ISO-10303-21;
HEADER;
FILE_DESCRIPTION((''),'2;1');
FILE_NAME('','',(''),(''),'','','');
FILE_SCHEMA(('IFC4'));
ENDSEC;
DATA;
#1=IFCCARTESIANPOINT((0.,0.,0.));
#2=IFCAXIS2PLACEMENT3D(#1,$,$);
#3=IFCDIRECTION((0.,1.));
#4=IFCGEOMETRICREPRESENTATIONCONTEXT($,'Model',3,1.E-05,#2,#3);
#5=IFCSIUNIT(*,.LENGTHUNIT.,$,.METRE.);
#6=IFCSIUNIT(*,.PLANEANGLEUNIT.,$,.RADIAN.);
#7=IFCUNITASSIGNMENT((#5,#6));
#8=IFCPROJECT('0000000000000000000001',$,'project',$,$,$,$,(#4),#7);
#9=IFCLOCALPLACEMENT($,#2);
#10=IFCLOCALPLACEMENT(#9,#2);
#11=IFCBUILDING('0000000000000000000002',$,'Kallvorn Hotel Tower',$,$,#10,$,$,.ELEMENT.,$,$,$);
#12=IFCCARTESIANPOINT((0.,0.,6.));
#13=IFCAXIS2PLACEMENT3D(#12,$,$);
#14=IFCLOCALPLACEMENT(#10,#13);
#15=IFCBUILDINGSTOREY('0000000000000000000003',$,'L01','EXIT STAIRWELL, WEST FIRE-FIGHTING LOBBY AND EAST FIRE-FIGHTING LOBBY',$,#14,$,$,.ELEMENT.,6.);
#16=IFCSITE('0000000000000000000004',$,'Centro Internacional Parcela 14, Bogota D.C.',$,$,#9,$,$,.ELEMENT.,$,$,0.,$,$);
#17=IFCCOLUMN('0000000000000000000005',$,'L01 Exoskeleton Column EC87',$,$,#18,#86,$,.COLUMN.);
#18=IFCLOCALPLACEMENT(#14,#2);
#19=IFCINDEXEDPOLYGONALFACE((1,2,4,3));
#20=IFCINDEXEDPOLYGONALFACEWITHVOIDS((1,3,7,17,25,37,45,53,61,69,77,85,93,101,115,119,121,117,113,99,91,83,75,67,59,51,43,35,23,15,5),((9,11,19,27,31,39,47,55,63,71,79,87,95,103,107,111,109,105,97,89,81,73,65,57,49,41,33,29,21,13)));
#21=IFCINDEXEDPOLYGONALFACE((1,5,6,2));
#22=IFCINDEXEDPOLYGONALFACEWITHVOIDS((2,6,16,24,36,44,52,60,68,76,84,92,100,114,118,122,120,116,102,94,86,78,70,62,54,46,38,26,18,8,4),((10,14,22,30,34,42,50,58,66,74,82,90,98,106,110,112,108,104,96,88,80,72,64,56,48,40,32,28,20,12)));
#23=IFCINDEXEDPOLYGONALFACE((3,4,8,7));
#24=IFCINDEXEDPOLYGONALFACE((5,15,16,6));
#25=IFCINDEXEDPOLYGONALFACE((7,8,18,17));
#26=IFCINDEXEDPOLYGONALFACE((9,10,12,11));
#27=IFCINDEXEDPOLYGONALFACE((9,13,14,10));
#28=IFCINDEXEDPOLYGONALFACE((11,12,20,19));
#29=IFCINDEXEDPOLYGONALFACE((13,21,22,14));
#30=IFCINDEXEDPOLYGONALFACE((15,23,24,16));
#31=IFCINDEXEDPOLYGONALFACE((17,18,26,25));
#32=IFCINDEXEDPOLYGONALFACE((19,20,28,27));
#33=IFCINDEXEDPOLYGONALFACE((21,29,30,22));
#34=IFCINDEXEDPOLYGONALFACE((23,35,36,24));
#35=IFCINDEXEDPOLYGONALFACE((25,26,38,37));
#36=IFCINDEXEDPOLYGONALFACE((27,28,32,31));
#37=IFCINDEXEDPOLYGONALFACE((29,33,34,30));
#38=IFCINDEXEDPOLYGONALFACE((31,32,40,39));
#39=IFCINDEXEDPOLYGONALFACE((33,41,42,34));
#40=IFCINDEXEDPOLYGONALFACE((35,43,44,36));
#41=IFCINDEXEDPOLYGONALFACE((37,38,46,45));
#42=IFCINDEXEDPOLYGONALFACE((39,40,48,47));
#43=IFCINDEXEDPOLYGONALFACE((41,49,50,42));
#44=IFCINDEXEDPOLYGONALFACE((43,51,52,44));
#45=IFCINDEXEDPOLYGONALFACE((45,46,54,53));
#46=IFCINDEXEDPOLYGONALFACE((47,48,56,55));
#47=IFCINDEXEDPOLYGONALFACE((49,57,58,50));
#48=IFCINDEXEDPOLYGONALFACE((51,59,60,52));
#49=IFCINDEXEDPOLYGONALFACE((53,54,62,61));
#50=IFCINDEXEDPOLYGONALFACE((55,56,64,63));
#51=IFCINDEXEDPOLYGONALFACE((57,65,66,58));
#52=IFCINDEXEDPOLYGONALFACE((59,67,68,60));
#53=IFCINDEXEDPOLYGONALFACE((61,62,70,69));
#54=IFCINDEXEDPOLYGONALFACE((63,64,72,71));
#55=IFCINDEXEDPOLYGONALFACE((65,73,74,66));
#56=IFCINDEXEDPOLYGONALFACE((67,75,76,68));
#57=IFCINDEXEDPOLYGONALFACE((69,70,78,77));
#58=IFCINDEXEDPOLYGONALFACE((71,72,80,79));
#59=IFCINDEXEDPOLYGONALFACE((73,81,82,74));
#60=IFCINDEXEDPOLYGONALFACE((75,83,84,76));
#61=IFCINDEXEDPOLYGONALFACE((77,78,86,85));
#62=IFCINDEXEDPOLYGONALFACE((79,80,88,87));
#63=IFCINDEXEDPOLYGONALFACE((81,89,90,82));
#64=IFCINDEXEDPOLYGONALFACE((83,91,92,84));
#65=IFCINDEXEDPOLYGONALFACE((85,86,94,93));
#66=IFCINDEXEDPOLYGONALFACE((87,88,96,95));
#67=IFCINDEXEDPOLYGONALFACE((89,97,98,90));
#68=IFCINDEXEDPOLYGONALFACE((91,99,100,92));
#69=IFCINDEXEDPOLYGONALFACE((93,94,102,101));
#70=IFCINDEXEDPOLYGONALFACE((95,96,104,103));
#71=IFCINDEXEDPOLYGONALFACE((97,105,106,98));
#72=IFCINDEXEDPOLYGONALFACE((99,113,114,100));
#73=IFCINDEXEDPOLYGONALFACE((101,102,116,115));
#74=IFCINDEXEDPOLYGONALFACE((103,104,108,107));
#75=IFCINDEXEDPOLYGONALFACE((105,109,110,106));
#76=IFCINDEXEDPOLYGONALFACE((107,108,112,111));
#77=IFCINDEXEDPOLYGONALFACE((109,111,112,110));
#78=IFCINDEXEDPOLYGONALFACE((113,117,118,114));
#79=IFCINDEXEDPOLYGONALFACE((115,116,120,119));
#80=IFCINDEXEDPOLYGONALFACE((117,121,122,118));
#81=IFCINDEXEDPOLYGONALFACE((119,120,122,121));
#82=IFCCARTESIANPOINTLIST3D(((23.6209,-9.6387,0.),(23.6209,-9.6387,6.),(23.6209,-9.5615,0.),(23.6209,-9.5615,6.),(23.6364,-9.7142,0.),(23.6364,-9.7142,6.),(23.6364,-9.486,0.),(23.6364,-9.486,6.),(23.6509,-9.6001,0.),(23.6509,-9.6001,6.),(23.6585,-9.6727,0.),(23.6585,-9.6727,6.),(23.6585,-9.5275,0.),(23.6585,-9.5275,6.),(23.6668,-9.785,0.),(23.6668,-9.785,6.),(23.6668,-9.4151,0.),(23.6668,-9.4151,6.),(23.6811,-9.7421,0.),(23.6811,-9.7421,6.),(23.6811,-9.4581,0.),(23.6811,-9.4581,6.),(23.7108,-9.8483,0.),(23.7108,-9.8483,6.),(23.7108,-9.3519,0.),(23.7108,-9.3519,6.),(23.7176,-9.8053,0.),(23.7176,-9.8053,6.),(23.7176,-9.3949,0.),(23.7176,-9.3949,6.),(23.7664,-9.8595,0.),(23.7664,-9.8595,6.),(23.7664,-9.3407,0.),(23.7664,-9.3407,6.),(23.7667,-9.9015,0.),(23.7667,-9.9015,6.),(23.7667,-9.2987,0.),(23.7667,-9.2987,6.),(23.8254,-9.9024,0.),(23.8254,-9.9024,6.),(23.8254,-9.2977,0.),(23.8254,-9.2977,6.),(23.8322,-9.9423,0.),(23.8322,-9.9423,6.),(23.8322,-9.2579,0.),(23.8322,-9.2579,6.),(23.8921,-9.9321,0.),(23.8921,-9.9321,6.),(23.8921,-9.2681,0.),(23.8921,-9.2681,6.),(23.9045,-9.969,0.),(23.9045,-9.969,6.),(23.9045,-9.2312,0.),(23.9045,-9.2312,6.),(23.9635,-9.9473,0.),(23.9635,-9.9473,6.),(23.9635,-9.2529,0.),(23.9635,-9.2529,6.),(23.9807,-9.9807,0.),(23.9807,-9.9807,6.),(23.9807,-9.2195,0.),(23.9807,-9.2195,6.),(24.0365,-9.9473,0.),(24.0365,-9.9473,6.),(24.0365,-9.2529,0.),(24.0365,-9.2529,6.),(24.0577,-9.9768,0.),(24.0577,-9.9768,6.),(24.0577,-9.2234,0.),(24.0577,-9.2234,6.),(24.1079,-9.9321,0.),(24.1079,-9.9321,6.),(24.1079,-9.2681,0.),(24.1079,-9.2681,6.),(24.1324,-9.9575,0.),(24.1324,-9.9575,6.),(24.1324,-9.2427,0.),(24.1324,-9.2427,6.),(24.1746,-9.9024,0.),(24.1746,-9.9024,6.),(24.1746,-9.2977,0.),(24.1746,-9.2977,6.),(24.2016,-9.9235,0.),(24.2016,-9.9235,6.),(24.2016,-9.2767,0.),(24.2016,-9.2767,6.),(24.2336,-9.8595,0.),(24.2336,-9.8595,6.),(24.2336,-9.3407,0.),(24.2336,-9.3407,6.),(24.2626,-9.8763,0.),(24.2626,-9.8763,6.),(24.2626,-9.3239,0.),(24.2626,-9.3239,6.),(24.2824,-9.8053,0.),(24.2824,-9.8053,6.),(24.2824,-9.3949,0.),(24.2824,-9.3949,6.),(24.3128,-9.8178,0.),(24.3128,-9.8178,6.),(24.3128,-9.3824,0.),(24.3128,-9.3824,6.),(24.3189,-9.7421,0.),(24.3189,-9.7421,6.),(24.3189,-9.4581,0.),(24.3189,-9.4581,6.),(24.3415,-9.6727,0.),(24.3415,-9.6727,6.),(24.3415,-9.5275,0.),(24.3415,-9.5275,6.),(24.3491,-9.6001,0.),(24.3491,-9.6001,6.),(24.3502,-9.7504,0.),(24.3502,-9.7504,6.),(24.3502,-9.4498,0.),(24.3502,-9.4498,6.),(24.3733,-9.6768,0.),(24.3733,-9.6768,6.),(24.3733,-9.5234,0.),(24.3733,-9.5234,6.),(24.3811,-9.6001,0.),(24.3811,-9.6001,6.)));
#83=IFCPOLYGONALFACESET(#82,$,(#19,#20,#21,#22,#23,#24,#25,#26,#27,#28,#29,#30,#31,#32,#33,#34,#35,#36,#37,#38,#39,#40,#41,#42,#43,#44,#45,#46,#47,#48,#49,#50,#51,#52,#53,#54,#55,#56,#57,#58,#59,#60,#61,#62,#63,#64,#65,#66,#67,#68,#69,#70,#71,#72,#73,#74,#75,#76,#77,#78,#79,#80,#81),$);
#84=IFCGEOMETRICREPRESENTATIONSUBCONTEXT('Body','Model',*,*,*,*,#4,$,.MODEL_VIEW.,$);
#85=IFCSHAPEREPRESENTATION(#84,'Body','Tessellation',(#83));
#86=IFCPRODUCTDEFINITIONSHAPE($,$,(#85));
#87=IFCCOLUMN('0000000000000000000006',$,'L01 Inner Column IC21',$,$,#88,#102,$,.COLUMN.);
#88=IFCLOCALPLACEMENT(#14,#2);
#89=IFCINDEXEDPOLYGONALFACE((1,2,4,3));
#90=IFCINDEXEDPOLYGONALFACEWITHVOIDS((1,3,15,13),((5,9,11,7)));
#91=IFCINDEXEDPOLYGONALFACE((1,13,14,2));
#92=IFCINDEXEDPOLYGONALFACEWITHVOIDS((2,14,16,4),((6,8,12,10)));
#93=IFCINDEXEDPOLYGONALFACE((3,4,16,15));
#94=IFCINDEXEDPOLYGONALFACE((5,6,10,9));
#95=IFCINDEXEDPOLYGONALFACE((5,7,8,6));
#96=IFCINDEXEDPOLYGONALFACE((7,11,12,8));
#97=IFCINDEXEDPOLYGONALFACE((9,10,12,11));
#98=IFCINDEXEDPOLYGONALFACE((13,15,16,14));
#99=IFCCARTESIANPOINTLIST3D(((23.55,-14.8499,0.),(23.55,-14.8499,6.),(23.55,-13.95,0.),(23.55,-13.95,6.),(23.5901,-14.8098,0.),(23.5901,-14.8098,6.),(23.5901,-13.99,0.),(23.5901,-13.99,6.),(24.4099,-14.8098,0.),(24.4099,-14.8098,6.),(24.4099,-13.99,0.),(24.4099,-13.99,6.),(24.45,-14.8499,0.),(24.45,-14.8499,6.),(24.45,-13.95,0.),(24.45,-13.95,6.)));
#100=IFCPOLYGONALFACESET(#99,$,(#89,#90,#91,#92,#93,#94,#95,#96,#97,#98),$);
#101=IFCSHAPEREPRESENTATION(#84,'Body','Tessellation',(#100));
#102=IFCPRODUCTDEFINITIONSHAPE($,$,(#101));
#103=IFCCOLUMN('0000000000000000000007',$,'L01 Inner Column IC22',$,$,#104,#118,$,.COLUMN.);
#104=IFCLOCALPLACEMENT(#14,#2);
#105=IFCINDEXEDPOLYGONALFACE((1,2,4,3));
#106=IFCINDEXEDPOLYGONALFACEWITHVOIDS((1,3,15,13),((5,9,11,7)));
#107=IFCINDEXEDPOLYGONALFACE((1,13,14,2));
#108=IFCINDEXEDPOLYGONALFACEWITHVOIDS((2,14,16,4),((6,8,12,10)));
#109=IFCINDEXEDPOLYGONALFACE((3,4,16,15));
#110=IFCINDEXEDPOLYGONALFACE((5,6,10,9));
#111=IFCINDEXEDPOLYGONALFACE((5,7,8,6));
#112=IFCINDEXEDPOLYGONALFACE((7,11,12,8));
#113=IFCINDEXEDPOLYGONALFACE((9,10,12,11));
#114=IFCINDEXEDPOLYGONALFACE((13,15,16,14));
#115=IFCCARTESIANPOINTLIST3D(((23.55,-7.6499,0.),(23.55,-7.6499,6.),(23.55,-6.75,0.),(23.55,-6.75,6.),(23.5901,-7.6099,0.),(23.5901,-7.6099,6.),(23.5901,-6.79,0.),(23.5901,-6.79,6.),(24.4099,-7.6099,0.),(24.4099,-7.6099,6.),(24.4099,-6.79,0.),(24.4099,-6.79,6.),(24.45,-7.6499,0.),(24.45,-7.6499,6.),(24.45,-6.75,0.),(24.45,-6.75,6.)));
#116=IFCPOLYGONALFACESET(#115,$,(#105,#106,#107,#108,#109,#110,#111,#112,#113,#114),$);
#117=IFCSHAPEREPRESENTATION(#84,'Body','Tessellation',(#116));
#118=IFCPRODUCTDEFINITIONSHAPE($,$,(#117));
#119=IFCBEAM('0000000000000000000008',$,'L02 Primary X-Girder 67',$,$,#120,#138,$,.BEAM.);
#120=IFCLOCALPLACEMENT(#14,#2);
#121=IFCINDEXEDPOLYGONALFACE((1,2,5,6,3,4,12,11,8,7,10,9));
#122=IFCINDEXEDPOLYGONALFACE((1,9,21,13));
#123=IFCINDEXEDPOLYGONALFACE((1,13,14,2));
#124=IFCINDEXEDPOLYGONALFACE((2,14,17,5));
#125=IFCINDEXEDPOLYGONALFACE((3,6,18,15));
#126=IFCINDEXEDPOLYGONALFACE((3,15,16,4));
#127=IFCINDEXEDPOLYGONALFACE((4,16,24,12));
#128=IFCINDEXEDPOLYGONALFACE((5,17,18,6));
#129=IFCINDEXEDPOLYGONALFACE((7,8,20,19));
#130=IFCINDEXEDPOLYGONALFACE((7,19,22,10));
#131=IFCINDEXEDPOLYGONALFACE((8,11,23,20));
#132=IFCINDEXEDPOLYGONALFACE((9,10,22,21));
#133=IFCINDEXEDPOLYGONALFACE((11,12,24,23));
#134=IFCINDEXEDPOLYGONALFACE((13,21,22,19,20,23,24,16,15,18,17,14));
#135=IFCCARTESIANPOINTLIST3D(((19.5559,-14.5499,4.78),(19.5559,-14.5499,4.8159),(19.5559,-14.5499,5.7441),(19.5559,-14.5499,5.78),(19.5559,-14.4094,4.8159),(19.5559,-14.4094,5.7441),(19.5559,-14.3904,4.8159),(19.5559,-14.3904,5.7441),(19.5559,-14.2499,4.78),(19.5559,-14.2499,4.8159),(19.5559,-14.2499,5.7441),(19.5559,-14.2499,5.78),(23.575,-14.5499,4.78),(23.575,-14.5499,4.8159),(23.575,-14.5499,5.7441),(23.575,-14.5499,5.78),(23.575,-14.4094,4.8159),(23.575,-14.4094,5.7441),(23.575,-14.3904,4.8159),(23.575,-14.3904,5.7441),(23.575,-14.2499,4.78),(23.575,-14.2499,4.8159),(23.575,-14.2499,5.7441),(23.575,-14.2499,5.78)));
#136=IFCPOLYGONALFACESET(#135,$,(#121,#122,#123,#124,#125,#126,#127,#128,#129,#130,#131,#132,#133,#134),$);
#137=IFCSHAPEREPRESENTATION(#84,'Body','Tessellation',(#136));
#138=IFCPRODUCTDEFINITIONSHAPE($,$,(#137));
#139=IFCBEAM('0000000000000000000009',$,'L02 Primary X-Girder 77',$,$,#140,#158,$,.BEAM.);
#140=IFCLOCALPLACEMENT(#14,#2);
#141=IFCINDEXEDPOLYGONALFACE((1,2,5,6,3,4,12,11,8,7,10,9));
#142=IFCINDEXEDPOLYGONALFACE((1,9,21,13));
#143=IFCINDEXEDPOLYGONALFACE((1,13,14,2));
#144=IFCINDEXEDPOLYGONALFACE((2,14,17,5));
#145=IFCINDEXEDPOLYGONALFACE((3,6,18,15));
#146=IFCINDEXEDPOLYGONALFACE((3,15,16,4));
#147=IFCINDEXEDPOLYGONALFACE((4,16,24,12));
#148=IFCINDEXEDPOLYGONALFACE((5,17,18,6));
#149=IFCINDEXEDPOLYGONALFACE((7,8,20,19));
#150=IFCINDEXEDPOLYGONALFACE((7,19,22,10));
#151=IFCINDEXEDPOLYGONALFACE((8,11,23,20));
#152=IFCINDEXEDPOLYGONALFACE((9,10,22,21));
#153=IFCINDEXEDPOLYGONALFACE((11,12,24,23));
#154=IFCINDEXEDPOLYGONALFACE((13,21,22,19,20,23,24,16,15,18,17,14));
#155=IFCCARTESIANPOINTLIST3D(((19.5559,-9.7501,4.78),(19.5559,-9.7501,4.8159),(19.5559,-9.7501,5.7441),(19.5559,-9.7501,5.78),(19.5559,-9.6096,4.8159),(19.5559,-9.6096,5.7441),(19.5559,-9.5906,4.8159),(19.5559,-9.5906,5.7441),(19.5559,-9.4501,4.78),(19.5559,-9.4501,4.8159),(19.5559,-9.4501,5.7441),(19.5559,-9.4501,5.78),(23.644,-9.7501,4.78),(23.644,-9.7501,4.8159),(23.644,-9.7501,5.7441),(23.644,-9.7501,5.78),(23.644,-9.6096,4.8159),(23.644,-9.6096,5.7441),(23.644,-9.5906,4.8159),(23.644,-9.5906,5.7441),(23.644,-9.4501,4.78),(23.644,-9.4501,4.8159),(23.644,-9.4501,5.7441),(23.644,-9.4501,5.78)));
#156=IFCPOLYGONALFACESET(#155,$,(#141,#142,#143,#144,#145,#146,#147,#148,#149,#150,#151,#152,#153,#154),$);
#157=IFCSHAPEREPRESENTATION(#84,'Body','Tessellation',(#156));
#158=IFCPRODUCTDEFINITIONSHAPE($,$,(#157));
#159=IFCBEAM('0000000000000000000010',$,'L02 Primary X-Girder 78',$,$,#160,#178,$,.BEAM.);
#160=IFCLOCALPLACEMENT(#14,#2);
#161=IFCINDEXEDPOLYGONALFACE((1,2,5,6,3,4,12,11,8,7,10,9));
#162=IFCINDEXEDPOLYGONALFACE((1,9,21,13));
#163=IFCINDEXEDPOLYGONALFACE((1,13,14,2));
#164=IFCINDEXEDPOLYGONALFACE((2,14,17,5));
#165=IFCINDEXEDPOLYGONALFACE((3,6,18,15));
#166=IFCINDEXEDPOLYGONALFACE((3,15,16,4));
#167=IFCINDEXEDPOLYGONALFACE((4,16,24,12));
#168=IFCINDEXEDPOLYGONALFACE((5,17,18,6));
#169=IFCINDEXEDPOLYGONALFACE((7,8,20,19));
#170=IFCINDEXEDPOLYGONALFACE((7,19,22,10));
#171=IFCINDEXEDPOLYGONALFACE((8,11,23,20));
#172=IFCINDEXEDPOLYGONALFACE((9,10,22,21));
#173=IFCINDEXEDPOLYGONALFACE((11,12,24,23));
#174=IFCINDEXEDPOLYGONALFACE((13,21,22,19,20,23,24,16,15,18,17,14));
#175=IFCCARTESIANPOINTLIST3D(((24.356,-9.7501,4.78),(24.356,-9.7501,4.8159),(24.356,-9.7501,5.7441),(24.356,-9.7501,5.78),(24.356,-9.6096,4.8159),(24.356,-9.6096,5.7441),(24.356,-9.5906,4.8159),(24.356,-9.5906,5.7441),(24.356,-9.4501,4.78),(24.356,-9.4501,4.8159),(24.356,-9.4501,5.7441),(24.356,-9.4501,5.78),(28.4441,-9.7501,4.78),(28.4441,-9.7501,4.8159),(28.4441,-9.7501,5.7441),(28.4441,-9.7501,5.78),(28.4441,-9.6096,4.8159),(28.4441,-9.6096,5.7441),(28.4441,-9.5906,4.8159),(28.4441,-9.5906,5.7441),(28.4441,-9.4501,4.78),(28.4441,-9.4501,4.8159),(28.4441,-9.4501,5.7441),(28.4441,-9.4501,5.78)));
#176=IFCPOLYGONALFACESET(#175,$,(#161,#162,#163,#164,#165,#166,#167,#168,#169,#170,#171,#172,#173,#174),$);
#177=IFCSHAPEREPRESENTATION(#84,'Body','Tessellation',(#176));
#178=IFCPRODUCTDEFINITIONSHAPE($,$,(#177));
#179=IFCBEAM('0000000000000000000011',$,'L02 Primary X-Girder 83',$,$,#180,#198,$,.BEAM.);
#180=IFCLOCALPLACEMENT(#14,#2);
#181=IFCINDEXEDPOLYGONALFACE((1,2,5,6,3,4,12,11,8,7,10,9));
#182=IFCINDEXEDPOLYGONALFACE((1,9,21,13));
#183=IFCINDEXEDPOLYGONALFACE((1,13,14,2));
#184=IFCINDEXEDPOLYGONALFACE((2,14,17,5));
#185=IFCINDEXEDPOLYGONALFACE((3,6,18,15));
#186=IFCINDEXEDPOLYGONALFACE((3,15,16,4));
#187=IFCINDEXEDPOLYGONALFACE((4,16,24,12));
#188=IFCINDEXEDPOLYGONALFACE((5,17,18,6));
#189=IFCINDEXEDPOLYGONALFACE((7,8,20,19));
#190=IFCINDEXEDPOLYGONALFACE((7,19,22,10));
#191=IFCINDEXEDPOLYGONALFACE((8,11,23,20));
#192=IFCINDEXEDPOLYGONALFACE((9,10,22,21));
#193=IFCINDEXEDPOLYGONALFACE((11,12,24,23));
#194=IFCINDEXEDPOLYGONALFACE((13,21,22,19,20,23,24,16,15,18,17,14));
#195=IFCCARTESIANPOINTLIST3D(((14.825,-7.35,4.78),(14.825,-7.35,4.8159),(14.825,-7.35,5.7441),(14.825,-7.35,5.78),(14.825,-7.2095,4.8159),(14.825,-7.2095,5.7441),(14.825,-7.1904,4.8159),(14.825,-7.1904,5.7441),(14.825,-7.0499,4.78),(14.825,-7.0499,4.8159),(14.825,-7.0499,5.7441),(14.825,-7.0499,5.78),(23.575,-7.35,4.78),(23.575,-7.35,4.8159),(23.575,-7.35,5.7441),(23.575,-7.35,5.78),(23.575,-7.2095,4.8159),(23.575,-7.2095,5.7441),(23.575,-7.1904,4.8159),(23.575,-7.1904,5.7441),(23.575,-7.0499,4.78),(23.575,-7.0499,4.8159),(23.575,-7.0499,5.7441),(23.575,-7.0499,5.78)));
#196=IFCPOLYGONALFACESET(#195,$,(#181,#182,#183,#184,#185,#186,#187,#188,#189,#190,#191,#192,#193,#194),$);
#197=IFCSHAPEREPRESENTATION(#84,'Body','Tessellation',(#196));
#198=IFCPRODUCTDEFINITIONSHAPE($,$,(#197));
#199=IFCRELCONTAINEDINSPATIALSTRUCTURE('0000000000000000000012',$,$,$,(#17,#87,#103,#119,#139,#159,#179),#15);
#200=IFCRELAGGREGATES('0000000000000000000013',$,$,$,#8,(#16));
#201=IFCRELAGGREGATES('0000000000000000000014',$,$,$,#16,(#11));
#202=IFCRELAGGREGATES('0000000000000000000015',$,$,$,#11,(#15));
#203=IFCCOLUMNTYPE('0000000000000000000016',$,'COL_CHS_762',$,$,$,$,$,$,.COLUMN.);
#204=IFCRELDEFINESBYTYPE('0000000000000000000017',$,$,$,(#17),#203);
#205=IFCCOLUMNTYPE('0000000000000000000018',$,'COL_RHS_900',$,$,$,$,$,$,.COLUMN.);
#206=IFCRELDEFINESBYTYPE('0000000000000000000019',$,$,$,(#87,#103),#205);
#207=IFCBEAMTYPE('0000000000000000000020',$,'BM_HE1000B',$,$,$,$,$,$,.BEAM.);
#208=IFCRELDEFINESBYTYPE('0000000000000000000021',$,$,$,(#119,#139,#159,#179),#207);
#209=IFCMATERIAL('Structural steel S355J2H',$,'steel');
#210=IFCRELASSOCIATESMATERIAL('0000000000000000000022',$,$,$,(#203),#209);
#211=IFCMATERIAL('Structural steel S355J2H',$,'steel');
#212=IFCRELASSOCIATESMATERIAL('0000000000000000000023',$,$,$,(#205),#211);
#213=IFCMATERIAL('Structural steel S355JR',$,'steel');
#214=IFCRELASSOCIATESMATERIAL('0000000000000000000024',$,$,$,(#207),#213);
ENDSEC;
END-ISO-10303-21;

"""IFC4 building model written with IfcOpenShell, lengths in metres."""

from ifc_helpers import new_model, si_unit, direction, frame, origin, origin_2d, place, context, subcontext, project, spatial, hollow_rectangle, hollow_circle, i_section, extrude, material, material_profile, profile_set, type_object, element, save


model = new_model("IFC4")

# Units and contexts
model_context = context("Model", 3, precision=1e-05, world=origin(), true_north=direction((0.0, 1.0)))
body_context = subcontext(model_context, "Body", "Model", "MODEL_VIEW")
ifc_project = project(units=[si_unit("LENGTHUNIT", "METRE"), si_unit("PLANEANGLEUNIT", "RADIAN")], contexts=[model_context])

# Site, building, storey
site_placement = place(None, origin())
site = spatial("IfcSite", under=ifc_project, at=site_placement, Name="Centro Internacional Parcela 14, Bogota D.C.", CompositionType="ELEMENT", RefElevation=0.0)
building_placement = place(site_placement, origin())
building = spatial("IfcBuilding", under=site, at=building_placement, Name="Kallvorn Hotel Tower", CompositionType="ELEMENT")
storey_placement = place(building_placement, frame((0.0, 0.0, 6.0)))
storey = spatial("IfcBuildingStorey", under=building, at=storey_placement, Name="L01", Description="EXIT STAIRWELL, WEST FIRE-FIGHTING LOBBY AND EAST FIRE-FIGHTING LOBBY", CompositionType="ELEMENT", Elevation=6.0)

# Columns
ifc_material_1 = material(Name="Structural steel S355J2H", Category="steel")
ifc_material_profile_1 = material_profile(ifc_material_1, hollow_circle(Radius=0.3811, WallThickness=0.032, at=origin_2d()), Name="CHS 762x32")
ifc_profile_set_1 = profile_set([ifc_material_profile_1], Name="Structural steel S355J2H")
column_type_1 = type_object("IfcColumnType", Name="COL_CHS_762", PredefinedType="COLUMN", material=ifc_profile_set_1)
for number, where, z_axis, x_axis, name in (
    (1, (24.0, -9.6001, 0.0), (0.0, 0.0, 1.0), (1.0, 0.0, 0.0), "L01 Exoskeleton Column EC87"),
):
    element("IfcColumn", number, at=place(storey_placement, frame(where, z_axis=z_axis, x_axis=x_axis)), inside=storey, type_object=column_type_1, Name=name, PredefinedType="COLUMN", context=body_context, shape_type="SweptSolid", body=[
        extrude(hollow_circle(Radius=0.3811, WallThickness=0.032, at=origin_2d()), origin(), (0.0, 0.0, 1.0), 6.0),
    ])
ifc_material_2 = material(Name="Structural steel S355J2H", Category="steel")
ifc_material_profile_2 = material_profile(ifc_material_2, hollow_rectangle(XDim=0.8999, YDim=0.8999, WallThickness=0.04, at=origin_2d()), Name="RHS 900x900x40")
ifc_profile_set_2 = profile_set([ifc_material_profile_2], Name="Structural steel S355J2H")
column_type_2 = type_object("IfcColumnType", Name="COL_RHS_900", PredefinedType="COLUMN", material=ifc_profile_set_2)
for number, where, z_axis, x_axis, name in (
    (2, (24.0, -14.3999, 0.0), (0.0, 0.0, 1.0), (1.0, 0.0, 0.0), "L01 Inner Column IC21"),
    (3, (24.0, -7.2, 0.0), (0.0, 0.0, 1.0), (1.0, 0.0, 0.0), "L01 Inner Column IC22"),
):
    element("IfcColumn", number, at=place(storey_placement, frame(where, z_axis=z_axis, x_axis=x_axis)), inside=storey, type_object=column_type_2, Name=name, PredefinedType="COLUMN", context=body_context, shape_type="SweptSolid", body=[
        extrude(hollow_rectangle(XDim=0.8999, YDim=0.8999, WallThickness=0.04, at=origin_2d()), origin(), (0.0, 0.0, 1.0), 6.0),
    ])

# Beams
ifc_material_3 = material(Name="Structural steel S355JR", Category="steel")
ifc_material_profile_3 = material_profile(ifc_material_3, i_section(OverallWidth=0.3, OverallDepth=1.0, WebThickness=0.019, FlangeThickness=0.0359, at=origin_2d()), Name="HE 1000 B")
ifc_profile_set_3 = profile_set([ifc_material_profile_3], Name="Structural steel S355JR")
beam_type_1 = type_object("IfcBeamType", Name="BM_HE1000B", PredefinedType="BEAM", material=ifc_profile_set_3)
beam_1_placement = place(storey_placement, frame((19.5559, -14.3999, 5.28), z_axis=(1.0, 0.0, 0.0), x_axis=(0.0, 1.0, 0.0)))
element("IfcBeam", 4, at=beam_1_placement, inside=storey, type_object=beam_type_1, Name="L02 Primary X-Girder 67", PredefinedType="BEAM", context=body_context, shape_type="SweptSolid", body=[
    extrude(i_section(OverallWidth=0.3, OverallDepth=1.0, WebThickness=0.019, FlangeThickness=0.0359, at=origin_2d()), origin(), (0.0, 0.0, 1.0), 4.019),
])
for number, where, z_axis, x_axis, name in (
    (5, (19.5559, -9.6001, 5.28), (1.0, 0.0, 0.0), (0.0, 1.0, 0.0), "L02 Primary X-Girder 77"),
    (6, (24.356, -9.6001, 5.28), (1.0, 0.0, 0.0), (0.0, 1.0, 0.0), "L02 Primary X-Girder 78"),
):
    element("IfcBeam", number, at=place(storey_placement, frame(where, z_axis=z_axis, x_axis=x_axis)), inside=storey, type_object=beam_type_1, Name=name, PredefinedType="BEAM", context=body_context, shape_type="SweptSolid", body=[
        extrude(i_section(OverallWidth=0.3, OverallDepth=1.0, WebThickness=0.019, FlangeThickness=0.0359, at=origin_2d()), origin(), (0.0, 0.0, 1.0), 4.0881),
    ])
beam_2_placement = place(storey_placement, frame((14.825, -7.2, 5.28), z_axis=(1.0, 0.0, 0.0), x_axis=(0.0, 1.0, 0.0)))
element("IfcBeam", 7, at=beam_2_placement, inside=storey, type_object=beam_type_1, Name="L02 Primary X-Girder 83", PredefinedType="BEAM", context=body_context, shape_type="SweptSolid", body=[
    extrude(i_section(OverallWidth=0.3, OverallDepth=1.0, WebThickness=0.019, FlangeThickness=0.0359, at=origin_2d()), origin(), (0.0, 0.0, 1.0), 8.75),
])

save(model, "model.ifc")
